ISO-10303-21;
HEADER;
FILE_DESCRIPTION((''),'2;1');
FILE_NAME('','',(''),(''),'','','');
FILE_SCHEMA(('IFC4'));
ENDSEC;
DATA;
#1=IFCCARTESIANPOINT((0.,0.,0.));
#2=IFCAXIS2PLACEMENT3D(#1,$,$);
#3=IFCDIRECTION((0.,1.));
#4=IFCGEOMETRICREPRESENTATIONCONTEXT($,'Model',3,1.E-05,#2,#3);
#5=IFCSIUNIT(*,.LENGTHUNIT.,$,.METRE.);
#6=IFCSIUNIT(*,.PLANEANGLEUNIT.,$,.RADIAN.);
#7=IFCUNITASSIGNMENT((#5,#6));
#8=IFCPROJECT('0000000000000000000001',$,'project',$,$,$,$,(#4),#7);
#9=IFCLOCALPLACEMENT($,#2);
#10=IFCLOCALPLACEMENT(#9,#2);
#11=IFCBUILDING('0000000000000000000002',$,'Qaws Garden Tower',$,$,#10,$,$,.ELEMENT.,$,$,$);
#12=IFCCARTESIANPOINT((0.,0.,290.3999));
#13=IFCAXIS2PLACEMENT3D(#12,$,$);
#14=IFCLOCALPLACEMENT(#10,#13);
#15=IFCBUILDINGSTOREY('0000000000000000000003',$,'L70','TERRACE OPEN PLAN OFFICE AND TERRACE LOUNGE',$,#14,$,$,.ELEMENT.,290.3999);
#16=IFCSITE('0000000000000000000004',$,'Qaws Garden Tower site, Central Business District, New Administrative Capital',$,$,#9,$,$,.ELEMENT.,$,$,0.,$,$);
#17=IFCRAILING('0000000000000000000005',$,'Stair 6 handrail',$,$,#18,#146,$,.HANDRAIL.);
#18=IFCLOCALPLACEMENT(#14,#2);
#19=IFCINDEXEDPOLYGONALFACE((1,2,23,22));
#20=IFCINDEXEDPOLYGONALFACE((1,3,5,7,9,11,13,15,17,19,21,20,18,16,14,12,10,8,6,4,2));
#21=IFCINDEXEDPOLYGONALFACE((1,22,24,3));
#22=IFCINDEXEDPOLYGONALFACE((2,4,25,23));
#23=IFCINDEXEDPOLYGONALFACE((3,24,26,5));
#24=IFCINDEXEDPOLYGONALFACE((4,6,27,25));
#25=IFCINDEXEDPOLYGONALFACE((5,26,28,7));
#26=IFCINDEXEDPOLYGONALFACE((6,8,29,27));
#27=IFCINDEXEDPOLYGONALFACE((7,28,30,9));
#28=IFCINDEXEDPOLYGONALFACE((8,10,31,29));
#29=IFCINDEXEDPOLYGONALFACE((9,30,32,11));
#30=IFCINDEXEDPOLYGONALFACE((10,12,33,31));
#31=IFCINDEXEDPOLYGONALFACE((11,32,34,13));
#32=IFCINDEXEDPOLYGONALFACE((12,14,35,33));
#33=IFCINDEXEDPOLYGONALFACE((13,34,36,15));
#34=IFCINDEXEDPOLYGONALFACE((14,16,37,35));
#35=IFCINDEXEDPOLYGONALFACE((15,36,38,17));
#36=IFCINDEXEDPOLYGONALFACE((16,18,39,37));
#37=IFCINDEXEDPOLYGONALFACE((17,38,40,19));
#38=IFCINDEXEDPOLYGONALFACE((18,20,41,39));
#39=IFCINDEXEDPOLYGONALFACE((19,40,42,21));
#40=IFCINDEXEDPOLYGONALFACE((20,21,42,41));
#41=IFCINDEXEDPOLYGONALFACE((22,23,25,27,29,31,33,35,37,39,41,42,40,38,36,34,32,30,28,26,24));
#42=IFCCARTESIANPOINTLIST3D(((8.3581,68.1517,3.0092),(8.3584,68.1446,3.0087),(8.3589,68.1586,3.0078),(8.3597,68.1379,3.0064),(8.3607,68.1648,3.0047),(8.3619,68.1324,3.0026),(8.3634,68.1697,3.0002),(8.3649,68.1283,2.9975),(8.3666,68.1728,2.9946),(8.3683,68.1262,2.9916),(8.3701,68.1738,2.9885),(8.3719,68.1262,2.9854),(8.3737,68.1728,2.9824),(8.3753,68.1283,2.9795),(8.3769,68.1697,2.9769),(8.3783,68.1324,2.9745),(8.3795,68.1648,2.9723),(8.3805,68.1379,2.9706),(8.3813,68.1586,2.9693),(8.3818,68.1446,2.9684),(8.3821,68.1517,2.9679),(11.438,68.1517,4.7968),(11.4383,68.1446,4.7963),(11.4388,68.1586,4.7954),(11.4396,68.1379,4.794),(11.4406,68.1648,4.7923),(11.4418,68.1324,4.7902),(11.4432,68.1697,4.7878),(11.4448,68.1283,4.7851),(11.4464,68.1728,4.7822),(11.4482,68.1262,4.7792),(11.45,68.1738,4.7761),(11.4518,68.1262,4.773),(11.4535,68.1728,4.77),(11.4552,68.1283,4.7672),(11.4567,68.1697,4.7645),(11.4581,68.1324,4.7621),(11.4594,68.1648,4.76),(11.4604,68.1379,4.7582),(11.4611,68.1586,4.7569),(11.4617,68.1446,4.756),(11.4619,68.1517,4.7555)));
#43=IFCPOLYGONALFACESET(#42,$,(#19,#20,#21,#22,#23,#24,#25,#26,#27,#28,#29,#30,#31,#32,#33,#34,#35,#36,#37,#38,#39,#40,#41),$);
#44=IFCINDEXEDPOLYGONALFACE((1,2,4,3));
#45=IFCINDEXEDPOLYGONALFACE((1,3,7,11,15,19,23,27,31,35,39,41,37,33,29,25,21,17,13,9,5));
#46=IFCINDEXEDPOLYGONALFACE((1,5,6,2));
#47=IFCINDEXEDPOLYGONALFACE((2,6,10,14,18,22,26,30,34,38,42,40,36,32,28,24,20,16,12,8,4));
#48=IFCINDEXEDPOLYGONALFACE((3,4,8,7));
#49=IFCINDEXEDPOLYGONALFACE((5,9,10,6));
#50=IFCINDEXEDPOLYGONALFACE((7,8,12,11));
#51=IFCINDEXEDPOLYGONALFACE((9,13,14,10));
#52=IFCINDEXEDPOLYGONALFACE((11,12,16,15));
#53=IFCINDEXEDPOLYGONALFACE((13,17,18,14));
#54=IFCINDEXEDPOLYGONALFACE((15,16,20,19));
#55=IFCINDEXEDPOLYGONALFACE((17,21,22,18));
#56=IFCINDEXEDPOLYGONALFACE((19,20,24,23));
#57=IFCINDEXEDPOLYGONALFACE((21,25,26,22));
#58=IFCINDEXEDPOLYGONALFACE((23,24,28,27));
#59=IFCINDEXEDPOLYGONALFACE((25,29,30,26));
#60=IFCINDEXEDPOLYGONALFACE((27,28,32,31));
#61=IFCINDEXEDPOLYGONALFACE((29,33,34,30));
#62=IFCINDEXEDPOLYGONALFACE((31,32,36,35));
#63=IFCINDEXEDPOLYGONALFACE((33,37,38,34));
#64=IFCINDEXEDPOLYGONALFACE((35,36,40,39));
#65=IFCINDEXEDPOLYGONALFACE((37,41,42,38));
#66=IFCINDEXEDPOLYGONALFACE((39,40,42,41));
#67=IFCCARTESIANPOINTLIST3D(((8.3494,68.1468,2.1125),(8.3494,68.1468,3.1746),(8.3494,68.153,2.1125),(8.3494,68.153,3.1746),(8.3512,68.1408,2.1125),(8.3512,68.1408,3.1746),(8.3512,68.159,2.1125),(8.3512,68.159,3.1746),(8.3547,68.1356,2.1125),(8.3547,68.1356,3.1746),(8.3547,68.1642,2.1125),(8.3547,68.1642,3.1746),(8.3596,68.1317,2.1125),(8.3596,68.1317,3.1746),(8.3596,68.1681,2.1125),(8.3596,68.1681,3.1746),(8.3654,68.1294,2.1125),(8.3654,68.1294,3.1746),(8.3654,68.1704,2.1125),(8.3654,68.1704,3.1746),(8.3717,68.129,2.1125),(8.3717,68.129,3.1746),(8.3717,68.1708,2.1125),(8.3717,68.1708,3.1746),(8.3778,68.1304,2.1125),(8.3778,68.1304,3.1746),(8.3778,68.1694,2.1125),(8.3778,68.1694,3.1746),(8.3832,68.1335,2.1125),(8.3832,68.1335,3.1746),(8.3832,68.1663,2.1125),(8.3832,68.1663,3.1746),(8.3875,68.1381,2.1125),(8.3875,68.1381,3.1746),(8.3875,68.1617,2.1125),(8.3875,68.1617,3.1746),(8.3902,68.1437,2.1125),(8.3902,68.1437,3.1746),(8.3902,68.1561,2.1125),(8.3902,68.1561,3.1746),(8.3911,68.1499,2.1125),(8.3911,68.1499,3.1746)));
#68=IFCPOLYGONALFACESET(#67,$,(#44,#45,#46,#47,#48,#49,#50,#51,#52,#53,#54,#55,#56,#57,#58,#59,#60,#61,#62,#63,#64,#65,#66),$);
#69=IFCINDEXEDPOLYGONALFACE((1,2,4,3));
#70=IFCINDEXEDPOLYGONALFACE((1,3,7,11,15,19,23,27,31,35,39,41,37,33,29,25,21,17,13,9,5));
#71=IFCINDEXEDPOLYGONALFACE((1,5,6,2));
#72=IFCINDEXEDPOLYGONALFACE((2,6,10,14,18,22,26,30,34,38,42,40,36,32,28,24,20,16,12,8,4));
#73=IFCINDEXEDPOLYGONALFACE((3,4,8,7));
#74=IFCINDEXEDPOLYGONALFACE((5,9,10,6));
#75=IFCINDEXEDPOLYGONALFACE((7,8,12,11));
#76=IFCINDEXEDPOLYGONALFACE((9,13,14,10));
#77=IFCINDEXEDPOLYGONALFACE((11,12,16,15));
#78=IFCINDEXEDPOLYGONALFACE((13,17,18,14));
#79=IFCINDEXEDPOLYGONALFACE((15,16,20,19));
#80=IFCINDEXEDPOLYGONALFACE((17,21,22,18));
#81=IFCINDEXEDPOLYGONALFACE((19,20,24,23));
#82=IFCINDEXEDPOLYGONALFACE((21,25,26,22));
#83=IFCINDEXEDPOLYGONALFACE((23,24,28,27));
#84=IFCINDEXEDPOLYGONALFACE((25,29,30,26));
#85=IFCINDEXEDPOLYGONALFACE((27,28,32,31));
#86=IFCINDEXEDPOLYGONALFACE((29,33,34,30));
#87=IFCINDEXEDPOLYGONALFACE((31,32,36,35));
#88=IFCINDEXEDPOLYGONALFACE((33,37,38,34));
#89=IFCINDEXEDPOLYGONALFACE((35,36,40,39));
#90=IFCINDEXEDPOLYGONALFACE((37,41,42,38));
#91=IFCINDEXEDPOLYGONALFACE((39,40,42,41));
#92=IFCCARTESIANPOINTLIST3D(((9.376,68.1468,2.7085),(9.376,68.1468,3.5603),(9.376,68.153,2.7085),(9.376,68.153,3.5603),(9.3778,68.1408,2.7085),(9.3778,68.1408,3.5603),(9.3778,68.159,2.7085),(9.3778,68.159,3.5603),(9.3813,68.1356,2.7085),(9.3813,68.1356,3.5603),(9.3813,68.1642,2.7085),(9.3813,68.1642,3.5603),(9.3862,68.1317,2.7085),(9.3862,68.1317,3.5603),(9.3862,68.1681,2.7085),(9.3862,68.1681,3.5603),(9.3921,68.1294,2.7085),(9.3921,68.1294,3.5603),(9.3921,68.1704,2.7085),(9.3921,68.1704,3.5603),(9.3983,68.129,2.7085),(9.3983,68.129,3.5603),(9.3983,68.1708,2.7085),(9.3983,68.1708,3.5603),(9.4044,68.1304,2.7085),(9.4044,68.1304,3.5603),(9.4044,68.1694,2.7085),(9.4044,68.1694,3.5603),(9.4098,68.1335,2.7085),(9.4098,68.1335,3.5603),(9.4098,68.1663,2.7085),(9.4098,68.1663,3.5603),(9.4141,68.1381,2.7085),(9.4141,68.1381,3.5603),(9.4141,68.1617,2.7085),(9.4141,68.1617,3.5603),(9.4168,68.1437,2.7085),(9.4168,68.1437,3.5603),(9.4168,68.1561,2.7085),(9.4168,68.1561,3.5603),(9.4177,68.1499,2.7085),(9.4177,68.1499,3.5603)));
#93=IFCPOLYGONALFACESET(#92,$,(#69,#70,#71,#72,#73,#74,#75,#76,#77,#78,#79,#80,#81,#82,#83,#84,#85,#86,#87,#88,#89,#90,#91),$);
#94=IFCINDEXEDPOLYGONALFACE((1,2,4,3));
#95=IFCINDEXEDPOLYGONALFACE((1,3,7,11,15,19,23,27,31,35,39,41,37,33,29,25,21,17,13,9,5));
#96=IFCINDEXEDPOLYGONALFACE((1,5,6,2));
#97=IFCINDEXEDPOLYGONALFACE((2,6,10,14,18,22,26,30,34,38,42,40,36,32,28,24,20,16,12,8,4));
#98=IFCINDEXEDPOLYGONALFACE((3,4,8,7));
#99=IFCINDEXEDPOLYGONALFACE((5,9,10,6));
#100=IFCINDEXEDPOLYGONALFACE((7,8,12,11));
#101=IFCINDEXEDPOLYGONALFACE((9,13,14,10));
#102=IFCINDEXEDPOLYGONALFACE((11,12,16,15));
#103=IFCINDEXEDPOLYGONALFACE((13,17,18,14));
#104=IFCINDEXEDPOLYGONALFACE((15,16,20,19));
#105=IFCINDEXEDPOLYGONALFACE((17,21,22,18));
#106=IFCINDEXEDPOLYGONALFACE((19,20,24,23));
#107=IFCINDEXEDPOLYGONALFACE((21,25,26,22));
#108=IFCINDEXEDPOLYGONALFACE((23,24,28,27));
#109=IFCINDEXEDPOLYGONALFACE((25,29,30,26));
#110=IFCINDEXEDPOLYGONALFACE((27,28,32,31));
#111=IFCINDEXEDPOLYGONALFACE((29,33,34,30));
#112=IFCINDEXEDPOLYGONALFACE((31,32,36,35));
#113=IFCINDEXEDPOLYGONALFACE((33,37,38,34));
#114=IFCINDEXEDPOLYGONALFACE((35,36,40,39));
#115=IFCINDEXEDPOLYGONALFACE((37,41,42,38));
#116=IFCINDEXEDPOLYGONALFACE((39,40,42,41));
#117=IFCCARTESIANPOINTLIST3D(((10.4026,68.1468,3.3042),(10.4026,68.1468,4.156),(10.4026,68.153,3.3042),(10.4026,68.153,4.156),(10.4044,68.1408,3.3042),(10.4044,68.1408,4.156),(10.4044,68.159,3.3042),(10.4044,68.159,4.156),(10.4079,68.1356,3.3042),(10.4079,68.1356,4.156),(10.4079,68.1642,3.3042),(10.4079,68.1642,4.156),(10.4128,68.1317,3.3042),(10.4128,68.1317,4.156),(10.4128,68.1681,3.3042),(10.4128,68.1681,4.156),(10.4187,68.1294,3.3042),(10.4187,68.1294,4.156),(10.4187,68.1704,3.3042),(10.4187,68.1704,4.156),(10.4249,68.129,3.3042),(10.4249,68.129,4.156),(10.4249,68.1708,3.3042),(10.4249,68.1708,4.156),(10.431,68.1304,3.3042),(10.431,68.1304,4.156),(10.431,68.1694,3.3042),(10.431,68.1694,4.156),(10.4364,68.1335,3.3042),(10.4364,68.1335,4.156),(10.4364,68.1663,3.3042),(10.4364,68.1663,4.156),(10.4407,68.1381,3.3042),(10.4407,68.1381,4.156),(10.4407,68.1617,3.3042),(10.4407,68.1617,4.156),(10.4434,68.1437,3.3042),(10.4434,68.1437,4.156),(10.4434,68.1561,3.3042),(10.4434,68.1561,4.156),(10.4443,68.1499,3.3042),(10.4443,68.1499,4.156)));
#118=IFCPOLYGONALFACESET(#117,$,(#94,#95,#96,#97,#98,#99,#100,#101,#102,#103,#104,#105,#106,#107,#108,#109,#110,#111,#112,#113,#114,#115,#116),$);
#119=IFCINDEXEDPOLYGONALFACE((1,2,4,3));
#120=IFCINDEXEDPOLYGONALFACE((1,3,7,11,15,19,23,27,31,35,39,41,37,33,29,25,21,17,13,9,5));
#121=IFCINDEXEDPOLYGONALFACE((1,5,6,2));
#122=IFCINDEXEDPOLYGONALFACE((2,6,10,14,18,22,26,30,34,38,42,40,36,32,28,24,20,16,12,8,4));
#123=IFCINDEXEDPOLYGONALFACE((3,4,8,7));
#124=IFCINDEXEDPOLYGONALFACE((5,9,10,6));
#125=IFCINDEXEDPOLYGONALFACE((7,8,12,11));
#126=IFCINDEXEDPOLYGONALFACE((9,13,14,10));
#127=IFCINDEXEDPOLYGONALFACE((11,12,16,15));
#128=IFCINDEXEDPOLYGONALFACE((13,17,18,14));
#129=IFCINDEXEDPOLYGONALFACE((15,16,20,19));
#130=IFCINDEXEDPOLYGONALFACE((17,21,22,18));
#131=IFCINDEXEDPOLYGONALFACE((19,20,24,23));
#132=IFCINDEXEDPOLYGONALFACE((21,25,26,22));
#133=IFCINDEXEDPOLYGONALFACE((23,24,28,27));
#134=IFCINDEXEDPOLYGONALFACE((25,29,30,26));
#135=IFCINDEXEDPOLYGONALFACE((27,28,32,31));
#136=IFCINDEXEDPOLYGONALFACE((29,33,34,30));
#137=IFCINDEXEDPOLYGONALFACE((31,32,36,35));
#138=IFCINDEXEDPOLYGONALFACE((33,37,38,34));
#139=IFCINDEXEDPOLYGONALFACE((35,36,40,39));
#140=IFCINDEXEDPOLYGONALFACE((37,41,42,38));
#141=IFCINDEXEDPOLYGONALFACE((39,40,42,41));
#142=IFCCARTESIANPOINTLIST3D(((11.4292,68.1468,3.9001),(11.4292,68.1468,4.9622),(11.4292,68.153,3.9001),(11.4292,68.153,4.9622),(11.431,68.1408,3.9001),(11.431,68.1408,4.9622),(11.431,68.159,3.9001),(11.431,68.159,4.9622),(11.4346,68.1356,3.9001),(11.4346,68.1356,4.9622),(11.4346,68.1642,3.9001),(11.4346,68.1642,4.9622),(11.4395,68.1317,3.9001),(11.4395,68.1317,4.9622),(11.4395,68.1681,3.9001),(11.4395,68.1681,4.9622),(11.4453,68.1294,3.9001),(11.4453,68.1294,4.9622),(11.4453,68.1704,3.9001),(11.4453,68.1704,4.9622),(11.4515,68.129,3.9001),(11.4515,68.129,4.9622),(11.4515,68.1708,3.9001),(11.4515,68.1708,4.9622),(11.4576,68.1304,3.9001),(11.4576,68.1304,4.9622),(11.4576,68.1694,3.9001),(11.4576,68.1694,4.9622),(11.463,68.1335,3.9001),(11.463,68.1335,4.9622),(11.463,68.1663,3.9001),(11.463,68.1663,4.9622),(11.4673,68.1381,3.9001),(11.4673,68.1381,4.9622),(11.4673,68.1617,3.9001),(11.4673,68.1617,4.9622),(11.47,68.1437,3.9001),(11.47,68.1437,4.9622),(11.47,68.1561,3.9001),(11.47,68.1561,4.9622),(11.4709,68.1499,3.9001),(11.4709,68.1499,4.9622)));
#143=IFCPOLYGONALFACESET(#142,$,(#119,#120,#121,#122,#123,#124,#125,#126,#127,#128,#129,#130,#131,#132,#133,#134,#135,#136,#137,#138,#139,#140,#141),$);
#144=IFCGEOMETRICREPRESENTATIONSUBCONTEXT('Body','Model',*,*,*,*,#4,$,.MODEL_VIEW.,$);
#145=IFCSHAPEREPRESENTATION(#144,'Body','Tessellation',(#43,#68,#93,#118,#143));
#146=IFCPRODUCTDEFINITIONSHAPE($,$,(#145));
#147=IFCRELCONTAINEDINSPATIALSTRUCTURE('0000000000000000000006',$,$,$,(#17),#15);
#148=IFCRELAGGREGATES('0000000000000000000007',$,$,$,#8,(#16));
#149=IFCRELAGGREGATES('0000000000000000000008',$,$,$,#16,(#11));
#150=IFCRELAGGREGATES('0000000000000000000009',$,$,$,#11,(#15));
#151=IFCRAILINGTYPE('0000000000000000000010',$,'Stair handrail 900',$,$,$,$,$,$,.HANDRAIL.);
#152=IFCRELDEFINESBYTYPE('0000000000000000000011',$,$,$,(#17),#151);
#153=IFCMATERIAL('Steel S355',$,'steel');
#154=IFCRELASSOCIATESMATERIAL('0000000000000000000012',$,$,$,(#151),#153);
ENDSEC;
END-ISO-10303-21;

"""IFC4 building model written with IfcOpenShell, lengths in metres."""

from ifc_helpers import new_model, si_unit, direction, frame, origin, origin_2d, place, context, subcontext, project, spatial, circle, extrude, material, type_object, element, save


model = new_model("IFC4")

# Units and contexts
model_context = context("Model", 3, precision=1e-05, world=origin(), true_north=direction((0.0, 1.0)))
body_context = subcontext(model_context, "Body", "Model", "MODEL_VIEW")
ifc_project = project(units=[si_unit("LENGTHUNIT", "METRE"), si_unit("PLANEANGLEUNIT", "RADIAN")], contexts=[model_context])

# Site, building, storey
site_placement = place(None, origin())
site = spatial("IfcSite", under=ifc_project, at=site_placement, Name="Qaws Garden Tower site, Central Business District, New Administrative Capital", CompositionType="ELEMENT", RefElevation=0.0)
building_placement = place(site_placement, origin())
building = spatial("IfcBuilding", under=site, at=building_placement, Name="Qaws Garden Tower", CompositionType="ELEMENT")
storey_placement = place(building_placement, frame((0.0, 0.0, 290.3999)))
storey = spatial("IfcBuildingStorey", under=building, at=storey_placement, Name="L70", Description="TERRACE OPEN PLAN OFFICE AND TERRACE LOUNGE", CompositionType="ELEMENT", Elevation=290.3999)

# Railing
ifc_material_1 = material(Name="Steel S355", Category="steel")
railing_type = type_object("IfcRailingType", Name="Stair handrail 900", PredefinedType="HANDRAIL", material=ifc_material_1)
railing_1_placement = place(storey_placement, frame((8.3701, 68.1499, 2.1125)))
element("IfcRailing", 1, at=railing_1_placement, inside=storey, type_object=railing_type, Name="Stair 6 handrail", PredefinedType="HANDRAIL", context=body_context, shape_type="SweptSolid", body=[
    extrude(circle(Radius=0.0239, at=origin_2d()), frame((0.0, 0.0, 0.876), z_axis=(0.864873, 0.0, 0.50199), x_axis=(0.0, 1.0, 0.0)), (0.0, 0.0, 1.0), 3.561),
    extrude(circle(Radius=0.021, at=origin_2d()), origin(), (0.0, 0.0, 1.0), 1.062),
    extrude(circle(Radius=0.021, at=origin_2d()), frame((1.0266, 0.0, 0.5959)), (0.0, 0.0, 1.0), 0.8518),
    extrude(circle(Radius=0.021, at=origin_2d()), frame((2.0532, 0.0, 1.1917)), (0.0, 0.0, 1.0), 0.8518),
    extrude(circle(Radius=0.021, at=origin_2d()), frame((3.0798, 0.0, 1.7876)), (0.0, 0.0, 1.0), 1.062),
])

save(model, "model.ifc")
